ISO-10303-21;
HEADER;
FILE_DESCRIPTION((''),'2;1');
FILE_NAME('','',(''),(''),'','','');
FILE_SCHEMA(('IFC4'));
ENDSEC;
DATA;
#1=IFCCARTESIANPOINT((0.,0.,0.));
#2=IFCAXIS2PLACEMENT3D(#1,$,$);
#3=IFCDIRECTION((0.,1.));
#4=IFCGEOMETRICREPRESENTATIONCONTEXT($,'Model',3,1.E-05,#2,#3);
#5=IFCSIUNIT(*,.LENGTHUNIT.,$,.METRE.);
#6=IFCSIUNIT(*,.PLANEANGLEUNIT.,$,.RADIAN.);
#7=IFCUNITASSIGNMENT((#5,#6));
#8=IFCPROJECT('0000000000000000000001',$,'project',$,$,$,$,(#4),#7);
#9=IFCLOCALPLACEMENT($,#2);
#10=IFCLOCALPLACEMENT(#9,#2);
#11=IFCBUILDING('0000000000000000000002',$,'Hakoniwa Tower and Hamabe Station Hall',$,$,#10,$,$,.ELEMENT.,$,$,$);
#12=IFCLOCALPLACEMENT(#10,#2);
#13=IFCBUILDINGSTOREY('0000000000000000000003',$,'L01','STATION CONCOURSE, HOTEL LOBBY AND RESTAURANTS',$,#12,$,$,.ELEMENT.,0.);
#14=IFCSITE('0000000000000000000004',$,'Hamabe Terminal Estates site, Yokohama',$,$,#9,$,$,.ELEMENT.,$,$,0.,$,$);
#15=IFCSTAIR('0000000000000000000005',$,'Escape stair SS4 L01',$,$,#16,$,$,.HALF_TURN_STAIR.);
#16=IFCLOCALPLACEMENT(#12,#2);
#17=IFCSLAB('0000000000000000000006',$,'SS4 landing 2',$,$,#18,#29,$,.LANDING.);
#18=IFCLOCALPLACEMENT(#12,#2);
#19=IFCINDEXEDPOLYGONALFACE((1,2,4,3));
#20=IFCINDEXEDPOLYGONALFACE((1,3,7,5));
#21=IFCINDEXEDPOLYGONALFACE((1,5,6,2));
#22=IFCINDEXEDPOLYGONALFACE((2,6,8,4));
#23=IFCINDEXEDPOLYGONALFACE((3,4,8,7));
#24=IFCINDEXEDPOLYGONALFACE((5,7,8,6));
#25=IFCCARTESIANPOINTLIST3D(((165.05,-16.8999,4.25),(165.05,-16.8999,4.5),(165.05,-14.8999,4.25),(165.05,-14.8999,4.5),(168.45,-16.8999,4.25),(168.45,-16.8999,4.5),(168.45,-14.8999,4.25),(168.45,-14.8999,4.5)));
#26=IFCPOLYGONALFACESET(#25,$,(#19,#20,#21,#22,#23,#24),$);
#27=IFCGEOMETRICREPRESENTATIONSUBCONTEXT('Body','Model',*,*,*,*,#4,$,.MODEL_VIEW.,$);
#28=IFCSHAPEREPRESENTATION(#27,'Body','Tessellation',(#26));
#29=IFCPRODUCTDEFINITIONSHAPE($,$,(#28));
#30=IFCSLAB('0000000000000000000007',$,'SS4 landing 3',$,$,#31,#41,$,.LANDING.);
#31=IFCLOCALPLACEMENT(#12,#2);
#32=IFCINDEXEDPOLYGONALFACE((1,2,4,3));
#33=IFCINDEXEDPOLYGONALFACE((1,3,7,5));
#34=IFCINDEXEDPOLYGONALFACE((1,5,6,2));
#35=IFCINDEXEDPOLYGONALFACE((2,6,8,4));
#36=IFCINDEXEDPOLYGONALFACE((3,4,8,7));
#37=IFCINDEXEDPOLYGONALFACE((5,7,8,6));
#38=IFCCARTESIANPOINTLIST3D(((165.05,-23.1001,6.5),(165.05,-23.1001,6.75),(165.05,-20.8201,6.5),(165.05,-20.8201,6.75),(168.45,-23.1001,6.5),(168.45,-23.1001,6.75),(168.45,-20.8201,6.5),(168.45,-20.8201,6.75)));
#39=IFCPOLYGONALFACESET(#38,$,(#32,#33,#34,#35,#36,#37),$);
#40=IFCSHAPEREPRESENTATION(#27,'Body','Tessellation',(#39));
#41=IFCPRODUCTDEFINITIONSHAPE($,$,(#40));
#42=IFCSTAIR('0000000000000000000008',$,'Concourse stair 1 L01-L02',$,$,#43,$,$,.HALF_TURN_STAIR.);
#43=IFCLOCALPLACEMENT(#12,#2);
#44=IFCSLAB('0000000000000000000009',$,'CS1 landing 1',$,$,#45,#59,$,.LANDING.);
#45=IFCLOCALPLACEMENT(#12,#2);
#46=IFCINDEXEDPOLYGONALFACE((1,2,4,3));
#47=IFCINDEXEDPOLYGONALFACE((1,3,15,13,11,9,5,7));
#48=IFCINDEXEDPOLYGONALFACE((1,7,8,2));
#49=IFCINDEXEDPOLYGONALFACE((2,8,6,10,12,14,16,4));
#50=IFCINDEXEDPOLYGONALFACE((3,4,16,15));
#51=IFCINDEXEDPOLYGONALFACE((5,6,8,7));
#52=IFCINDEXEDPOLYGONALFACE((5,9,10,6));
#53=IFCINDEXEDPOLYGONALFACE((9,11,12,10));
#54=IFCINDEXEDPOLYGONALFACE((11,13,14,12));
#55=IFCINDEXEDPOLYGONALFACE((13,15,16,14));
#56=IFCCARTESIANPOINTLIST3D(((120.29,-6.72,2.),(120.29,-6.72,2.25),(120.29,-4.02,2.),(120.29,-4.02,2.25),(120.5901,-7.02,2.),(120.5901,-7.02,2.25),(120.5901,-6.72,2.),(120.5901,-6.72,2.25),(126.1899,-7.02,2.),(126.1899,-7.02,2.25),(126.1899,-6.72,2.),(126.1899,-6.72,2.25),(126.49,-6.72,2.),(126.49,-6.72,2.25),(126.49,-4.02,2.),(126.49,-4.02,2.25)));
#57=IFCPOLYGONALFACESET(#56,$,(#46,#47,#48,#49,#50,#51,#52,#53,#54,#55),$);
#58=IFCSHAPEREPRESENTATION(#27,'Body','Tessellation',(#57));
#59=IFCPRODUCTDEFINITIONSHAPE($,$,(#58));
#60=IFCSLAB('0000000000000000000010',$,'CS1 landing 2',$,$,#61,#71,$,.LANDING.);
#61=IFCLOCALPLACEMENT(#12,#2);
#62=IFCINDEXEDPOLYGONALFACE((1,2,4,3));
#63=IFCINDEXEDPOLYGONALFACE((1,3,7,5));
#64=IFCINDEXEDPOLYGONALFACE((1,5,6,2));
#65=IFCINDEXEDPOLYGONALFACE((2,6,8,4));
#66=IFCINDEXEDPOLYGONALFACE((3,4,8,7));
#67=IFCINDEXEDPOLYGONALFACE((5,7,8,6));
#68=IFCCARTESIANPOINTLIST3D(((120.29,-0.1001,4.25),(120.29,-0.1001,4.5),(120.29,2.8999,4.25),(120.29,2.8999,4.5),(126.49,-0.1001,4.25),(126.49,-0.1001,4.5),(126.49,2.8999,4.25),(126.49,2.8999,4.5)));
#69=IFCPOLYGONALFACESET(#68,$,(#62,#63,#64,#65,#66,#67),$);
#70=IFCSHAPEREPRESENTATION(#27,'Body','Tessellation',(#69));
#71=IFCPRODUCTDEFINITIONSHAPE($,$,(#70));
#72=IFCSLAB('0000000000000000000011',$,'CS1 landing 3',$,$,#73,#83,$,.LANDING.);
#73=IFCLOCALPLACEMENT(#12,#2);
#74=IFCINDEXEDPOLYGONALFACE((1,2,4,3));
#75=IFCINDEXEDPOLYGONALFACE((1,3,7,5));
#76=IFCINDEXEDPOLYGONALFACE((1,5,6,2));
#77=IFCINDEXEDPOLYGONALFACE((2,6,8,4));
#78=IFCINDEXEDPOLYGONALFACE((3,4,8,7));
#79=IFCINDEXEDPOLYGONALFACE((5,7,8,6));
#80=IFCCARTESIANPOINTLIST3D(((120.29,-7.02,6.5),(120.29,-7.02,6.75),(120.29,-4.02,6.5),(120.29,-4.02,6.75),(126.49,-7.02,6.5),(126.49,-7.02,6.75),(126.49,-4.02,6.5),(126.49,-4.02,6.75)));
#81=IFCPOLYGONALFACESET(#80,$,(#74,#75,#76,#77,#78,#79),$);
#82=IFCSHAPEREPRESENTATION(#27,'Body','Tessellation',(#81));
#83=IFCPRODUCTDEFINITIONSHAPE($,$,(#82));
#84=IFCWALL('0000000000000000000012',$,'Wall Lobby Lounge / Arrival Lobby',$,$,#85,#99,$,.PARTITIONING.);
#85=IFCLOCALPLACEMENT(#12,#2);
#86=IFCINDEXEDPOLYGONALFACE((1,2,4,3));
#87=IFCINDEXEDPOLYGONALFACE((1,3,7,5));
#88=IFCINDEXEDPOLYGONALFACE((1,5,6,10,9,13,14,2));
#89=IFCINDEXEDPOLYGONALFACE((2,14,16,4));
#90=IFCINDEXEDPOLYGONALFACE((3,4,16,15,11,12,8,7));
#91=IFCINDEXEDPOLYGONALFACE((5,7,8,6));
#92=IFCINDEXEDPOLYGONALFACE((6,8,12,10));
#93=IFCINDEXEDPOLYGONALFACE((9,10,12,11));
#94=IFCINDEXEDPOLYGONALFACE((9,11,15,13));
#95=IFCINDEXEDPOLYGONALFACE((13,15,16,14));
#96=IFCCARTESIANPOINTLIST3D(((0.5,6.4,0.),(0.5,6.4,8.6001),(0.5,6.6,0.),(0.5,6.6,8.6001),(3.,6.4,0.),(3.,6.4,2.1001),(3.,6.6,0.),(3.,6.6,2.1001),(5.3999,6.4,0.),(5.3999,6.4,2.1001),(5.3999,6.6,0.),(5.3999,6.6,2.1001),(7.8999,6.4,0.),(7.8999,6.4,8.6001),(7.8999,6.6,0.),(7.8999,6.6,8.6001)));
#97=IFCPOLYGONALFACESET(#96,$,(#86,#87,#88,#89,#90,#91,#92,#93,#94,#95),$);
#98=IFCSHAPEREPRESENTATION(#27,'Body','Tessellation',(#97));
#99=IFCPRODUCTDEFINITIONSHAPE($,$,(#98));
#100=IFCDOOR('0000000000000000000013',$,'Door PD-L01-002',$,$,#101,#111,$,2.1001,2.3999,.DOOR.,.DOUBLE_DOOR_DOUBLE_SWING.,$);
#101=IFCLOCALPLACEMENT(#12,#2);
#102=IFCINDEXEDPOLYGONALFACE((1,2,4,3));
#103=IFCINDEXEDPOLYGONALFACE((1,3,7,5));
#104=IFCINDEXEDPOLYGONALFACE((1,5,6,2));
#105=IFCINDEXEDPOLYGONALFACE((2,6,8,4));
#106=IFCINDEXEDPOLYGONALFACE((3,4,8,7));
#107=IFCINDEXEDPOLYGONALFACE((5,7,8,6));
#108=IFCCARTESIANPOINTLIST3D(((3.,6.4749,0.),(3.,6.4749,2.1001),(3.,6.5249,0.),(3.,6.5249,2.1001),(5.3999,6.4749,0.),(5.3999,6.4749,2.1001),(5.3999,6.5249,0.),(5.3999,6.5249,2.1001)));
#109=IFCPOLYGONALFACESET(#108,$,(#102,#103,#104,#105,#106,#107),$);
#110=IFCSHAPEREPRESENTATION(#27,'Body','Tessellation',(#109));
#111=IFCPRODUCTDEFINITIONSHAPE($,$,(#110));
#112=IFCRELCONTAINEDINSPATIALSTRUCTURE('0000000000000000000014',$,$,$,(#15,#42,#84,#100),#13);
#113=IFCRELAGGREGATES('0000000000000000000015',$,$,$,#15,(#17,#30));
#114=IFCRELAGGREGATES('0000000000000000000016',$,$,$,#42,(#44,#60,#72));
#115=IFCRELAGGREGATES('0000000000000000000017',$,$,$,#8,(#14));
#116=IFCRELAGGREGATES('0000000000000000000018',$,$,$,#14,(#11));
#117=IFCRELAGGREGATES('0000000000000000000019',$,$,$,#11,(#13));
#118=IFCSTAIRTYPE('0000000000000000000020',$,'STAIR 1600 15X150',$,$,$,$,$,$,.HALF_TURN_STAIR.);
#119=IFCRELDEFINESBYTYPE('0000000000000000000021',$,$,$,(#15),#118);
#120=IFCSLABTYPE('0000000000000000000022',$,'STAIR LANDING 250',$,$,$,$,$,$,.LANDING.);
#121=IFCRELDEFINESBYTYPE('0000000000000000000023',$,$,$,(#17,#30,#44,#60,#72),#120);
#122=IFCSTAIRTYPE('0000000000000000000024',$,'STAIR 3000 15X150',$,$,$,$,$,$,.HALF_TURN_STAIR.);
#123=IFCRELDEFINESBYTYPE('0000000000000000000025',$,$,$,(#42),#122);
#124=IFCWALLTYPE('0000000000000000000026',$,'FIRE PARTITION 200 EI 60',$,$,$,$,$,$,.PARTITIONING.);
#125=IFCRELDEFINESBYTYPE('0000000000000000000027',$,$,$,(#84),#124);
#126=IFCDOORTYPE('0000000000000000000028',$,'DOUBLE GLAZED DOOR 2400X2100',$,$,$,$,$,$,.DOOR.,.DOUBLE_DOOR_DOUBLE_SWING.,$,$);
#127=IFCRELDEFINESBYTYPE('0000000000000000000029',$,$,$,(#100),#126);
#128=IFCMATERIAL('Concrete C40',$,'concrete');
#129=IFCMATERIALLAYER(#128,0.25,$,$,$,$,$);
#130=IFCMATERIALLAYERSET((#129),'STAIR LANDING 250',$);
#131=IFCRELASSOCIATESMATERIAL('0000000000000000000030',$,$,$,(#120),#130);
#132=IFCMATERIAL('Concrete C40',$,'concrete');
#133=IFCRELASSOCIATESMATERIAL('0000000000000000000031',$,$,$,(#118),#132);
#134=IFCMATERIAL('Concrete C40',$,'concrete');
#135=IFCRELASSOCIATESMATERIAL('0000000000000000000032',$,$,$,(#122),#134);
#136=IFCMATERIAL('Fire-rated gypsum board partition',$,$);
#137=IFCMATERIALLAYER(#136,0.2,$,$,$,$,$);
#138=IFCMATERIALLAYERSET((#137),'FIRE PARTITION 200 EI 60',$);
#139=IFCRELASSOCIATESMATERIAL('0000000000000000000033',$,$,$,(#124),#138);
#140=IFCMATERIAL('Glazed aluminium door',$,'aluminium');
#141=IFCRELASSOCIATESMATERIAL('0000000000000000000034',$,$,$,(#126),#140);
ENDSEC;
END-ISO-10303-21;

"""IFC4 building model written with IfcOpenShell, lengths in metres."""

from ifc_helpers import new_model, si_unit, direction, frame, frame_2d, origin, place, context, subcontext, project, spatial, polyline, rectangle, outline, extrude, material, layer, layer_set, type_object, element, fill, aggregate, save


model = new_model("IFC4")

# Units and contexts
model_context = context("Model", 3, precision=1e-05, world=origin(), true_north=direction((0.0, 1.0)))
body_context = subcontext(model_context, "Body", "Model", "MODEL_VIEW")
ifc_project = project(units=[si_unit("LENGTHUNIT", "METRE"), si_unit("PLANEANGLEUNIT", "RADIAN")], contexts=[model_context])

# Site, building, storey
site_placement = place(None, origin())
site = spatial("IfcSite", under=ifc_project, at=site_placement, Name="Hamabe Terminal Estates site, Yokohama", CompositionType="ELEMENT", RefElevation=0.0)
building_placement = place(site_placement, origin())
building = spatial("IfcBuilding", under=site, at=building_placement, Name="Hakoniwa Tower and Hamabe Station Hall", CompositionType="ELEMENT")
storey_placement = place(building_placement, origin())
storey = spatial("IfcBuildingStorey", under=building, at=storey_placement, Name="L01", Description="STATION CONCOURSE, HOTEL LOBBY AND RESTAURANTS", CompositionType="ELEMENT", Elevation=0.0)

# Shared definitions
ifc_material_1 = material(Name="Concrete C40", Category="concrete")
ifc_layer_1 = layer(ifc_material_1, 0.25)
ifc_layer_set_1 = layer_set([ifc_layer_1], Name="STAIR LANDING 250")
slab_type = type_object("IfcSlabType", Name="STAIR LANDING 250", PredefinedType="LANDING", material=ifc_layer_set_1)

# Stairs, slabs
ifc_material_2 = material(Name="Concrete C40", Category="concrete")
stair_type_1 = type_object("IfcStairType", Name="STAIR 1600 15X150", PredefinedType="HALF_TURN_STAIR", material=ifc_material_2)
stair_1_placement = place(storey_placement, origin())
stair_1 = element("IfcStair", 1, at=stair_1_placement, inside=storey, type_object=stair_type_1, Name="Escape stair SS4 L01", PredefinedType="HALF_TURN_STAIR")
slab_1_placement = place(storey_placement, frame((0.0, 0.0, 4.25)))
slab_1 = element("IfcSlab", 2, at=slab_1_placement, type_object=slab_type, Name="SS4 landing 2", PredefinedType="LANDING", context=body_context, shape_type="SweptSolid", body=[
    extrude(outline(polyline([(165.05, -14.8999), (165.05, -16.8999), (168.45, -16.8999), (168.45, -14.8999), (165.05, -14.8999)])), origin(), (0.0, 0.0, 1.0), 0.25),
])
slab_2_placement = place(storey_placement, frame((0.0, 0.0, 6.5)))
slab_2 = element("IfcSlab", 3, at=slab_2_placement, type_object=slab_type, Name="SS4 landing 3", PredefinedType="LANDING", context=body_context, shape_type="SweptSolid", body=[
    extrude(outline(polyline([(165.05, -20.8201), (165.05, -23.1001), (168.45, -23.1001), (168.45, -20.8201), (165.05, -20.8201)])), origin(), (0.0, 0.0, 1.0), 0.25),
])
aggregate(stair_1, [slab_1, slab_2])
ifc_material_3 = material(Name="Concrete C40", Category="concrete")
stair_type_2 = type_object("IfcStairType", Name="STAIR 3000 15X150", PredefinedType="HALF_TURN_STAIR", material=ifc_material_3)
stair_2_placement = place(storey_placement, origin())
stair_2 = element("IfcStair", 4, at=stair_2_placement, inside=storey, type_object=stair_type_2, Name="Concourse stair 1 L01-L02", PredefinedType="HALF_TURN_STAIR")
slab_3_placement = place(storey_placement, frame((0.0, 0.0, 2.0)))
slab_3 = element("IfcSlab", 5, at=slab_3_placement, type_object=slab_type, Name="CS1 landing 1", PredefinedType="LANDING", context=body_context, shape_type="SweptSolid", body=[
    extrude(outline(polyline([(126.49, -4.02), (120.29, -4.02), (120.29, -6.72), (120.5901, -6.72), (120.5901, -7.02), (126.1899, -7.02), (126.1899, -6.72), (126.49, -6.72), (126.49, -4.02)])), origin(), (0.0, 0.0, 1.0), 0.25),
])
slab_4_placement = place(storey_placement, frame((0.0, 0.0, 4.25)))
slab_4 = element("IfcSlab", 6, at=slab_4_placement, type_object=slab_type, Name="CS1 landing 2", PredefinedType="LANDING", context=body_context, shape_type="SweptSolid", body=[
    extrude(outline(polyline([(120.29, 2.8999), (120.29, -0.1001), (126.49, -0.1001), (126.49, 2.8999), (120.29, 2.8999)])), origin(), (0.0, 0.0, 1.0), 0.25),
])
slab_5_placement = place(storey_placement, frame((0.0, 0.0, 6.5)))
slab_5 = element("IfcSlab", 7, at=slab_5_placement, type_object=slab_type, Name="CS1 landing 3", PredefinedType="LANDING", context=body_context, shape_type="SweptSolid", body=[
    extrude(outline(polyline([(120.29, -4.02), (120.29, -7.02), (126.49, -7.02), (126.49, -4.02), (120.29, -4.02)])), origin(), (0.0, 0.0, 1.0), 0.25),
])
aggregate(stair_2, [slab_3, slab_4, slab_5])

# Wall, opening, door
ifc_material_4 = material(Name="Fire-rated gypsum board partition")
ifc_layer_2 = layer(ifc_material_4, 0.2)
ifc_layer_set_2 = layer_set([ifc_layer_2], Name="FIRE PARTITION 200 EI 60")
wall_type = type_object("IfcWallType", Name="FIRE PARTITION 200 EI 60", PredefinedType="PARTITIONING", material=ifc_layer_set_2)
wall_placement = place(storey_placement, frame((0.5, 6.5, 0.0), z_axis=(0.0, 0.0, 1.0), x_axis=(1.0, 0.0, 0.0)))
wall = element("IfcWall", 8, at=wall_placement, inside=storey, type_object=wall_type, Name="Wall Lobby Lounge / Arrival Lobby", PredefinedType="PARTITIONING", context=body_context, shape_type="SweptSolid", body=[
    extrude(rectangle(XDim=7.3999, YDim=0.2, at=frame_2d((3.7, 0.0))), origin(), (0.0, 0.0, 1.0), 8.6001),
])
opening_placement = place(wall_placement, frame((2.5, 0.0, 0.0)))
opening = element("IfcOpeningElement", 9, at=opening_placement, cuts=wall, PredefinedType="OPENING", context=body_context, shape_type="SweptSolid", body=[
    extrude(rectangle(XDim=2.3999, YDim=2.1001, at=frame_2d((1.2, 1.05))), frame((0.0, 0.1099, 0.0), z_axis=(0.0, -1.0, 0.0), x_axis=(1.0, 0.0, 0.0)), (0.0, 0.0, 1.0), 0.22),
])
ifc_material_5 = material(Name="Glazed aluminium door", Category="aluminium")
door_type = type_object("IfcDoorType", Name="DOUBLE GLAZED DOOR 2400X2100", OperationType="DOUBLE_DOOR_DOUBLE_SWING", PredefinedType="DOOR", material=ifc_material_5)
door_placement = place(opening_placement, origin())
door = element("IfcDoor", 10, at=door_placement, inside=storey, type_object=door_type, Name="Door PD-L01-002", OperationType="DOUBLE_DOOR_DOUBLE_SWING", OverallHeight=2.1001, OverallWidth=2.3999, PredefinedType="DOOR", context=body_context, shape_type="SweptSolid", body=[
    extrude(rectangle(XDim=2.3999, YDim=2.1001, at=frame_2d((1.2, 1.05))), frame((0.0, 0.0249, 0.0), z_axis=(0.0, -1.0, 0.0), x_axis=(1.0, 0.0, 0.0)), (0.0, 0.0, 1.0), 0.05),
])
fill(opening, door)

save(model, "model.ifc")
